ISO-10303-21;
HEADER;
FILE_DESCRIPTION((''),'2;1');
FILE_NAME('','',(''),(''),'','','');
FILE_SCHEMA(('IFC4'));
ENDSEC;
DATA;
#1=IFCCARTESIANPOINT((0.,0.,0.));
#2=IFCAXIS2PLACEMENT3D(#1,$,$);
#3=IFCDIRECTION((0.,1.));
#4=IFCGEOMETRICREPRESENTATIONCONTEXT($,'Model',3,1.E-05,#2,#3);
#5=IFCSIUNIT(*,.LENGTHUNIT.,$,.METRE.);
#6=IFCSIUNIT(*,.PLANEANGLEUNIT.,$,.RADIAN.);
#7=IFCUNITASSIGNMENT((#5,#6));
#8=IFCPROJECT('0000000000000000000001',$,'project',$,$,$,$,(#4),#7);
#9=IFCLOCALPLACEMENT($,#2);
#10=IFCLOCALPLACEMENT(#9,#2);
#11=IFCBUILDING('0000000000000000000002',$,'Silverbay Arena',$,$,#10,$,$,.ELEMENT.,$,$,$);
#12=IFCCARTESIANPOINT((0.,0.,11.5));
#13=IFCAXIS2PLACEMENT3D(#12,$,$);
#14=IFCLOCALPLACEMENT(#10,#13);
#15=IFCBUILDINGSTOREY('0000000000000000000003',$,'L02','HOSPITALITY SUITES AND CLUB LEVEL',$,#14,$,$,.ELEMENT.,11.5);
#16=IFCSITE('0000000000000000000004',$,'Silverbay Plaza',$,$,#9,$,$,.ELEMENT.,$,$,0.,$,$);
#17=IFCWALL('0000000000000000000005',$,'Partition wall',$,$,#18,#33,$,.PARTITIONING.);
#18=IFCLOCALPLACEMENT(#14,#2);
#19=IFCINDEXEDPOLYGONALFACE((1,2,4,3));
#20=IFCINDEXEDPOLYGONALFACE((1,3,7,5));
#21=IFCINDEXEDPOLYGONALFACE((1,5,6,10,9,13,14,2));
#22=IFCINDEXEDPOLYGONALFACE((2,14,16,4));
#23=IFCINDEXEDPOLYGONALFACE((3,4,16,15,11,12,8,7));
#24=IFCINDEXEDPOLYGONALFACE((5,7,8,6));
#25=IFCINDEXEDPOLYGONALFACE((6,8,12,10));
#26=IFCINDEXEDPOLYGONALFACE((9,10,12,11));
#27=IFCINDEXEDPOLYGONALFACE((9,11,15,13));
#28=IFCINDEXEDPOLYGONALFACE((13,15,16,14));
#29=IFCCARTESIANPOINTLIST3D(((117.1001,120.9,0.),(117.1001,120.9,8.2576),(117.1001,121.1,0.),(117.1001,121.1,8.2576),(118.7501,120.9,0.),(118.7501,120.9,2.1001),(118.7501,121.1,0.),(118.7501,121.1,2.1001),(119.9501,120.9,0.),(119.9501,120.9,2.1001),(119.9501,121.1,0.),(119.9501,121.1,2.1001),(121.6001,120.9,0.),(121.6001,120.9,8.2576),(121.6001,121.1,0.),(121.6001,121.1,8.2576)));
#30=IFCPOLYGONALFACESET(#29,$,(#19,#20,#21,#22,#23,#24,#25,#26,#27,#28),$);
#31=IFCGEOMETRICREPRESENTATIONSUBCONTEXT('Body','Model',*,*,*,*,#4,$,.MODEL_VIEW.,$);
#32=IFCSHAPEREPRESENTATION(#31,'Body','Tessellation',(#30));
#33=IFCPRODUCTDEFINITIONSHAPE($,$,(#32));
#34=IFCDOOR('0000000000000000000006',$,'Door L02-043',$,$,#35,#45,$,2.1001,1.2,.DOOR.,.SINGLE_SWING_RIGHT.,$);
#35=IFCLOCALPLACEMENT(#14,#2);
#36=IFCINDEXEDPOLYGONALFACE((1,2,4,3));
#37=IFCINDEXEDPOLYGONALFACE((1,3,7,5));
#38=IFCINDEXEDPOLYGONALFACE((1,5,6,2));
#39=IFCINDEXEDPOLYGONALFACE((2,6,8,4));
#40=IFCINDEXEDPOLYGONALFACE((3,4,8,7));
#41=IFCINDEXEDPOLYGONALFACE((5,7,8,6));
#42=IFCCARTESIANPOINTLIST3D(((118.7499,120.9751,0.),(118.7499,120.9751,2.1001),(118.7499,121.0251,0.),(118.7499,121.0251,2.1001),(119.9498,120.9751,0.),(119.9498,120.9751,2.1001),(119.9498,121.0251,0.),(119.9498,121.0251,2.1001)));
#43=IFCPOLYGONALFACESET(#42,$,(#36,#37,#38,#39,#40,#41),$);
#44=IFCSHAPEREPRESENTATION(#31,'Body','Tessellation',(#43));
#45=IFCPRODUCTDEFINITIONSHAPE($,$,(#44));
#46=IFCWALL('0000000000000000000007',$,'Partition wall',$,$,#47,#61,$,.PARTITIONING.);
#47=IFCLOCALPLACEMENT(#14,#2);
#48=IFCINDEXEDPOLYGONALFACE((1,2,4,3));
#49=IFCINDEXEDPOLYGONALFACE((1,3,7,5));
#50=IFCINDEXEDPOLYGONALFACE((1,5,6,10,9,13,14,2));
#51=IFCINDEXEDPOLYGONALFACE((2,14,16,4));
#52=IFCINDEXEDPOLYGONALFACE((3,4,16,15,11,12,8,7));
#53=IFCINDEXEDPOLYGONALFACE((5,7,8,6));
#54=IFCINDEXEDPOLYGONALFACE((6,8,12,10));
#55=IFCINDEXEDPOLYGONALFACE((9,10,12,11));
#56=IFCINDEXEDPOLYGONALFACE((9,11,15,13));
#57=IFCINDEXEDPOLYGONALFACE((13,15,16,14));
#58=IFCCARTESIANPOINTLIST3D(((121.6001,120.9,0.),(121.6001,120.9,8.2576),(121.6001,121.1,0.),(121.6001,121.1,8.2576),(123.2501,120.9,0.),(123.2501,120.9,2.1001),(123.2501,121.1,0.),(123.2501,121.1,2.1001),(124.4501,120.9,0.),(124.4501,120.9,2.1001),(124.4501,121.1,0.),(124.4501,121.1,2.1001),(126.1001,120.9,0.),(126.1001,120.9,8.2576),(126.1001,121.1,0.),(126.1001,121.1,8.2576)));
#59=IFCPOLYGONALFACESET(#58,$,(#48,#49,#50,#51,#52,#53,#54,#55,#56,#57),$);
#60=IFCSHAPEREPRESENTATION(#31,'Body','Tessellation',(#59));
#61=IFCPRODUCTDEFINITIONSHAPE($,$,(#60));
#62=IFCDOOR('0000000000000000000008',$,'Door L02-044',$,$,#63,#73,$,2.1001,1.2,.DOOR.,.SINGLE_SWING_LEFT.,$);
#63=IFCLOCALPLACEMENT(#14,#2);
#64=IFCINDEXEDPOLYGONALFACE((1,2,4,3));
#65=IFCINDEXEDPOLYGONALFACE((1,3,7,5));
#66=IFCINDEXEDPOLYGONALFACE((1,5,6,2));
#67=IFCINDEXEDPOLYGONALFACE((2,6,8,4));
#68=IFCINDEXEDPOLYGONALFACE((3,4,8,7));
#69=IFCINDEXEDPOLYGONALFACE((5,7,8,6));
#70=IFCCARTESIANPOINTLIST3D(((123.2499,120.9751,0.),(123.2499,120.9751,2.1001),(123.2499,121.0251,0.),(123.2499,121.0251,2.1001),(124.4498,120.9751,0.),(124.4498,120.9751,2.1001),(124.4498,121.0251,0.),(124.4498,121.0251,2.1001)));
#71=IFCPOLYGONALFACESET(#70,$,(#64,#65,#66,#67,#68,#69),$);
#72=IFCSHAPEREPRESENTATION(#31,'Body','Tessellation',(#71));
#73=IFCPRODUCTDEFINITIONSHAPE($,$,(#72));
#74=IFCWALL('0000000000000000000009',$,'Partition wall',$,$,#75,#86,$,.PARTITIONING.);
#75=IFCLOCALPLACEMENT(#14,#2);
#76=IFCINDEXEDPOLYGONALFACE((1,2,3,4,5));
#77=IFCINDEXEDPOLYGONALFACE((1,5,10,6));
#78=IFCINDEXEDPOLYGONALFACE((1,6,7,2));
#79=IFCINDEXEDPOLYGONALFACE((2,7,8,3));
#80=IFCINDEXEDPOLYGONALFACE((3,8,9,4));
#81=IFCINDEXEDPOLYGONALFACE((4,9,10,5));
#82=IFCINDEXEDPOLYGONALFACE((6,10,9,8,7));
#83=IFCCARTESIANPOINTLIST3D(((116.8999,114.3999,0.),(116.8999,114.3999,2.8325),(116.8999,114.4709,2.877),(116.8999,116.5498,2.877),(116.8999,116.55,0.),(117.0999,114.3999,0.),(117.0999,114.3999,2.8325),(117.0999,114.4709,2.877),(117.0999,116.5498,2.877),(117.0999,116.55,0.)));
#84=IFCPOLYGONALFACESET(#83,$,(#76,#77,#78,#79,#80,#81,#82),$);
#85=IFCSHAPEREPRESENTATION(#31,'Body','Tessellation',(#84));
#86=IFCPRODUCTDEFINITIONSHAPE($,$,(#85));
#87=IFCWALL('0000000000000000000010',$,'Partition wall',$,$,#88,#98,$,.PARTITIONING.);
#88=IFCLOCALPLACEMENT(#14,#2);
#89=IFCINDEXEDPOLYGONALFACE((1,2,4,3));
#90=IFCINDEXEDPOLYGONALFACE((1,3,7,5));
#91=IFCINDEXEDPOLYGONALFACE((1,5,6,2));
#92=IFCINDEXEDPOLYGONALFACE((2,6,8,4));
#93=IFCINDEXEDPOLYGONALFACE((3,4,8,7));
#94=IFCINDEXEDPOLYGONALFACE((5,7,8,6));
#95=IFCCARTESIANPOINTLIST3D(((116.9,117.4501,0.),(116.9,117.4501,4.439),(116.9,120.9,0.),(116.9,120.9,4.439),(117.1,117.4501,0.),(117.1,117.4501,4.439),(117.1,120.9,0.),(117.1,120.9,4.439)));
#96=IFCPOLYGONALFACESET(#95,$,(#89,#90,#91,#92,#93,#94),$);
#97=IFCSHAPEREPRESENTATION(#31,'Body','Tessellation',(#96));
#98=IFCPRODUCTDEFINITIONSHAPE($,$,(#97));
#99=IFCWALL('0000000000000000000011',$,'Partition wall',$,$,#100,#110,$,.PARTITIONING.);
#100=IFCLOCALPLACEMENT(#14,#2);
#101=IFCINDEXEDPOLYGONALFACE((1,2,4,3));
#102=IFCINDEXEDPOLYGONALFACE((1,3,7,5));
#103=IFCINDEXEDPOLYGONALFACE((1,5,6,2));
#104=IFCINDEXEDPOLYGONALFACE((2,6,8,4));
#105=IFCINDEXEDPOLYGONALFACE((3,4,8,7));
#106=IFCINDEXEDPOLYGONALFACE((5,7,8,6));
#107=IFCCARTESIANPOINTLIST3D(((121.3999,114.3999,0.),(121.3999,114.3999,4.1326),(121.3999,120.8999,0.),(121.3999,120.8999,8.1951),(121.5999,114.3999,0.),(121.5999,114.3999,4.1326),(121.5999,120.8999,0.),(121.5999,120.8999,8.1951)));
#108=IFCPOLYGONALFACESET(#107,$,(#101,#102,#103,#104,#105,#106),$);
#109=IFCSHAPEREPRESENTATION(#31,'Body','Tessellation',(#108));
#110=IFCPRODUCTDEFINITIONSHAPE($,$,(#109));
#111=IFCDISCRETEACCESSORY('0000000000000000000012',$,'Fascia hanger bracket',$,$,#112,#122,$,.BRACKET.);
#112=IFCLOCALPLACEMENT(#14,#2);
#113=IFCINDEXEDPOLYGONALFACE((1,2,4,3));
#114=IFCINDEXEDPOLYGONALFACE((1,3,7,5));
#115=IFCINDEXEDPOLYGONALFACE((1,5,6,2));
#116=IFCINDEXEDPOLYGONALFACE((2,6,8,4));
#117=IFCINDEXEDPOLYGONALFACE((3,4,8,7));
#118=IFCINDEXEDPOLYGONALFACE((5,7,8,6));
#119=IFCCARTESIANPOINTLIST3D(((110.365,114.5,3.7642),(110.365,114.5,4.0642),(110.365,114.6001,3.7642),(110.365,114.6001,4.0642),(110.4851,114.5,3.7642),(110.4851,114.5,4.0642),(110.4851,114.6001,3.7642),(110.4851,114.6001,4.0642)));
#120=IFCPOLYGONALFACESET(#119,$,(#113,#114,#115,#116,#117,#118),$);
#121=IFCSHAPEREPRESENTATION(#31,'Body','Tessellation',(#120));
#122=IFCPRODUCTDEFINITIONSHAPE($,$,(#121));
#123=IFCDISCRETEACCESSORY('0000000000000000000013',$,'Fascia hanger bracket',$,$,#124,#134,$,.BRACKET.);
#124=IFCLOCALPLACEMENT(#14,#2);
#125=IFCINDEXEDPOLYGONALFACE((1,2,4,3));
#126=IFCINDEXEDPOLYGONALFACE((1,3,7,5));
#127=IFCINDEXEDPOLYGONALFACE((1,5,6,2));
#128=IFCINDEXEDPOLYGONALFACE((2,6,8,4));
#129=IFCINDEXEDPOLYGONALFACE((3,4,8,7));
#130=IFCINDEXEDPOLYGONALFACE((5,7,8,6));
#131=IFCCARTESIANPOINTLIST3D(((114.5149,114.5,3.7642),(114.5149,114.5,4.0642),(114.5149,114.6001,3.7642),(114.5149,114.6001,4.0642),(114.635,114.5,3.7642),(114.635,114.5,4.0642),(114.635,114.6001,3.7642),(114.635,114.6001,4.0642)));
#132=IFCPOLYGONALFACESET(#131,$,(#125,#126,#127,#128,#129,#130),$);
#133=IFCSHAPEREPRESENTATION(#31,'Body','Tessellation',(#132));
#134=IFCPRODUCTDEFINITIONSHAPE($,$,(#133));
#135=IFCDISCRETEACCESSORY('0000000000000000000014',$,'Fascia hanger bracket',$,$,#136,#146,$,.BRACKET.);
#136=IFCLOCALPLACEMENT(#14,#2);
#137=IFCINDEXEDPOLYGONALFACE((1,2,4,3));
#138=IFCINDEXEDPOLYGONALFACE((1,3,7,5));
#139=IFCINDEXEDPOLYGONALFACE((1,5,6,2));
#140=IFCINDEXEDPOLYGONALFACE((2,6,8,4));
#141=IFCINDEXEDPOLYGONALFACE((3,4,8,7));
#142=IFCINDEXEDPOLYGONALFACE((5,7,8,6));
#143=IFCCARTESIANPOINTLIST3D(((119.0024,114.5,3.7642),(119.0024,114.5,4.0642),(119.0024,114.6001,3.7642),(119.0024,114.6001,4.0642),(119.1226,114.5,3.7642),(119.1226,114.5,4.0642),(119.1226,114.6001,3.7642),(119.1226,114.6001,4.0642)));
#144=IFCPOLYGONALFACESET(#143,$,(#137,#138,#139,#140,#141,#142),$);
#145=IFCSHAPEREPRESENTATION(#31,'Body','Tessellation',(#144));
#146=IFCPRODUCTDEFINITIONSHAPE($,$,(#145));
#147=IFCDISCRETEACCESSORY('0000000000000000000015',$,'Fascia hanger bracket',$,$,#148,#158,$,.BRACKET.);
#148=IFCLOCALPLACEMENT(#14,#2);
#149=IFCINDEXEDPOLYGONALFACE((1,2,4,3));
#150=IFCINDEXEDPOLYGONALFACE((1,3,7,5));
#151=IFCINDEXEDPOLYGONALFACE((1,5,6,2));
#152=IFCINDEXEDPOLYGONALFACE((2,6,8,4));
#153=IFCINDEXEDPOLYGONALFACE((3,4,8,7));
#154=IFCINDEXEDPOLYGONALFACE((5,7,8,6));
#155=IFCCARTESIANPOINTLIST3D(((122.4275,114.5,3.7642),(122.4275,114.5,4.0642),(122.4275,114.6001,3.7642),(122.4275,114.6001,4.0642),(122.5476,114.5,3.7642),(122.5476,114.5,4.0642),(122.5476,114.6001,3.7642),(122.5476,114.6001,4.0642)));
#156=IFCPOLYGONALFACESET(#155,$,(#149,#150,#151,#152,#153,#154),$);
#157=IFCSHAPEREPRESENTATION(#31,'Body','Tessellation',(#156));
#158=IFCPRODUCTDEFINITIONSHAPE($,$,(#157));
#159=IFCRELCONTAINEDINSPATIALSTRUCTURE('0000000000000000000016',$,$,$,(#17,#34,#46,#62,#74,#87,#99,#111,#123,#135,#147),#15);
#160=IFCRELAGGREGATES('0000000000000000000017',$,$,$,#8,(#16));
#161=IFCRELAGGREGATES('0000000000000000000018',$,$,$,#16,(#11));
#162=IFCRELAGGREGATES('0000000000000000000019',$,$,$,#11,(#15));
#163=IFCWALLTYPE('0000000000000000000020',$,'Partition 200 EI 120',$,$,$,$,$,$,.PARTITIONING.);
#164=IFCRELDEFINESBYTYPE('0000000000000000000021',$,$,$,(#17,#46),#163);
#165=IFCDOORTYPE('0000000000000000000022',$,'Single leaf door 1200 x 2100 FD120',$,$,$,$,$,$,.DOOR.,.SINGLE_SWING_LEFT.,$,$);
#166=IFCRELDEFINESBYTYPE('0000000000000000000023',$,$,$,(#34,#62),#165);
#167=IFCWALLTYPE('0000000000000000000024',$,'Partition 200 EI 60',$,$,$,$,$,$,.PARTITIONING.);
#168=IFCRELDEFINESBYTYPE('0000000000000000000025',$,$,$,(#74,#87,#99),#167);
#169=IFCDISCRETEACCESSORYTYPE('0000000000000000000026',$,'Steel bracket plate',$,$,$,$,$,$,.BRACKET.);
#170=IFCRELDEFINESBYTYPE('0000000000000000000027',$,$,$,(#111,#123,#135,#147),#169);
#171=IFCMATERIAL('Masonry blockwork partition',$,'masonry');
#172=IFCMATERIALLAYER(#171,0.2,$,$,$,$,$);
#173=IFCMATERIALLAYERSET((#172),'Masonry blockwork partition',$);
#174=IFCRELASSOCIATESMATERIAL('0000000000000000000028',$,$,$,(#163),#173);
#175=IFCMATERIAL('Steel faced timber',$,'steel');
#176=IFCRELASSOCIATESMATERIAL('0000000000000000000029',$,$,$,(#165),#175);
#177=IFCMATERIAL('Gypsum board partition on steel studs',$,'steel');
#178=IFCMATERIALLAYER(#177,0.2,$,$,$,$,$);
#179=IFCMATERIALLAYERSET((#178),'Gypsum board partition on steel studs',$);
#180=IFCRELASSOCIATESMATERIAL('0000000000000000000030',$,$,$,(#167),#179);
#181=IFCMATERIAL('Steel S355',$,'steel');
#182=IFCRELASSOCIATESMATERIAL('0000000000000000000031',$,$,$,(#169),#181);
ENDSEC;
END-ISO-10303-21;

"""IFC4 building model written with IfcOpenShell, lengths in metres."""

from ifc_helpers import new_model, si_unit, direction, frame, frame_2d, origin, origin_2d, place, context, subcontext, project, spatial, polyline, rectangle, outline, extrude, material, layer, layer_set, type_object, element, fill, save


model = new_model("IFC4")

# Units and contexts
model_context = context("Model", 3, precision=1e-05, world=origin(), true_north=direction((0.0, 1.0)))
body_context = subcontext(model_context, "Body", "Model", "MODEL_VIEW")
ifc_project = project(units=[si_unit("LENGTHUNIT", "METRE"), si_unit("PLANEANGLEUNIT", "RADIAN")], contexts=[model_context])

# Site, building, storey
site_placement = place(None, origin())
site = spatial("IfcSite", under=ifc_project, at=site_placement, Name="Silverbay Plaza", CompositionType="ELEMENT", RefElevation=0.0)
building_placement = place(site_placement, origin())
building = spatial("IfcBuilding", under=site, at=building_placement, Name="Silverbay Arena", CompositionType="ELEMENT")
storey_placement = place(building_placement, frame((0.0, 0.0, 11.5)))
storey = spatial("IfcBuildingStorey", under=building, at=storey_placement, Name="L02", Description="HOSPITALITY SUITES AND CLUB LEVEL", CompositionType="ELEMENT", Elevation=11.5)

# Walls, openings, doors
ifc_material_1 = material(Name="Masonry blockwork partition", Category="masonry")
ifc_layer_1 = layer(ifc_material_1, 0.2)
ifc_layer_set_1 = layer_set([ifc_layer_1], Name="Masonry blockwork partition")
wall_type_1 = type_object("IfcWallType", Name="Partition 200 EI 120", PredefinedType="PARTITIONING", material=ifc_layer_set_1)
ifc_material_2 = material(Name="Steel faced timber", Category="steel")
door_type = type_object("IfcDoorType", Name="Single leaf door 1200 x 2100 FD120", OperationType="SINGLE_SWING_LEFT", PredefinedType="DOOR", material=ifc_material_2)
wall_1_placement = place(storey_placement, frame((117.1001, 121.0, 0.0), z_axis=(0.0, 0.0, 1.0), x_axis=(1.0, 0.0, 0.0)))
wall_1 = element("IfcWall", 1, at=wall_1_placement, inside=storey, type_object=wall_type_1, Name="Partition wall", PredefinedType="PARTITIONING", context=body_context, shape_type="SweptSolid", body=[
    extrude(rectangle(XDim=4.5, YDim=0.2, at=frame_2d((2.25, 0.0))), origin(), (0.0, 0.0, 1.0), 8.2576),
])
opening_1_placement = place(wall_1_placement, frame((1.6499, 0.0, 0.0)))
opening_1 = element("IfcOpeningElement", 2, at=opening_1_placement, cuts=wall_1, PredefinedType="OPENING", context=body_context, shape_type="SweptSolid", body=[
    extrude(rectangle(XDim=1.2, YDim=2.1001, at=frame_2d((0.6001, 1.05))), frame((0.0, 0.1099, 0.0), z_axis=(0.0, -1.0, 0.0), x_axis=(1.0, 0.0, 0.0)), (0.0, 0.0, 1.0), 0.22),
])
door_1_placement = place(opening_1_placement, frame((1.2, 0.0, 0.0), z_axis=(0.0, 0.0, 1.0), x_axis=(-1.0, 0.0, 0.0)))
door_1 = element("IfcDoor", 3, at=door_1_placement, inside=storey, type_object=door_type, Name="Door L02-043", OperationType="SINGLE_SWING_RIGHT", OverallHeight=2.1001, OverallWidth=1.2, PredefinedType="DOOR", context=body_context, shape_type="SweptSolid", body=[
    extrude(rectangle(XDim=1.2, YDim=2.1001, at=frame_2d((0.6001, 1.05))), frame((0.0, 0.0249, 0.0), z_axis=(0.0, -1.0, 0.0), x_axis=(1.0, 0.0, 0.0)), (0.0, 0.0, 1.0), 0.05),
])
fill(opening_1, door_1)
wall_2_placement = place(storey_placement, frame((121.6001, 121.0, 0.0), z_axis=(0.0, 0.0, 1.0), x_axis=(1.0, 0.0, 0.0)))
wall_2 = element("IfcWall", 4, at=wall_2_placement, inside=storey, type_object=wall_type_1, Name="Partition wall", PredefinedType="PARTITIONING", context=body_context, shape_type="SweptSolid", body=[
    extrude(rectangle(XDim=4.5, YDim=0.2, at=frame_2d((2.25, 0.0))), origin(), (0.0, 0.0, 1.0), 8.2576),
])
opening_2_placement = place(wall_2_placement, frame((1.6499, 0.0, 0.0)))
opening_2 = element("IfcOpeningElement", 5, at=opening_2_placement, cuts=wall_2, PredefinedType="OPENING", context=body_context, shape_type="SweptSolid", body=[
    extrude(rectangle(XDim=1.2, YDim=2.1001, at=frame_2d((0.6001, 1.05))), frame((0.0, 0.1099, 0.0), z_axis=(0.0, -1.0, 0.0), x_axis=(1.0, 0.0, 0.0)), (0.0, 0.0, 1.0), 0.22),
])
door_2_placement = place(opening_2_placement, frame((1.2, 0.0, 0.0), z_axis=(0.0, 0.0, 1.0), x_axis=(-1.0, 0.0, 0.0)))
door_2 = element("IfcDoor", 6, at=door_2_placement, inside=storey, type_object=door_type, Name="Door L02-044", OperationType="SINGLE_SWING_LEFT", OverallHeight=2.1001, OverallWidth=1.2, PredefinedType="DOOR", context=body_context, shape_type="SweptSolid", body=[
    extrude(rectangle(XDim=1.2, YDim=2.1001, at=frame_2d((0.6001, 1.05))), frame((0.0, 0.0249, 0.0), z_axis=(0.0, -1.0, 0.0), x_axis=(1.0, 0.0, 0.0)), (0.0, 0.0, 1.0), 0.05),
])
fill(opening_2, door_2)

# Walls
ifc_material_3 = material(Name="Gypsum board partition on steel studs", Category="steel")
ifc_layer_2 = layer(ifc_material_3, 0.2)
ifc_layer_set_2 = layer_set([ifc_layer_2], Name="Gypsum board partition on steel studs")
wall_type_2 = type_object("IfcWallType", Name="Partition 200 EI 60", PredefinedType="PARTITIONING", material=ifc_layer_set_2)
wall_3_placement = place(storey_placement, frame((117.0, 114.3999, 0.0), z_axis=(0.0, 0.0, 1.0), x_axis=(0.0, 1.0, 0.0)))
element("IfcWall", 7, at=wall_3_placement, inside=storey, type_object=wall_type_2, Name="Partition wall", PredefinedType="PARTITIONING", context=body_context, shape_type="SweptSolid", body=[
    extrude(outline(polyline([(0.0, 0.0), (2.1501, 0.0), (2.1499, 2.877), (0.071, 2.877), (0.0, 2.8325), (0.0, 0.0)])), frame((0.0, 0.1001, 0.0), z_axis=(0.0, -1.0, 0.0), x_axis=(1.0, 0.0, 0.0)), (0.0, 0.0, 1.0), 0.2),
])
wall_4_placement = place(storey_placement, frame((117.0, 117.45, 0.0), z_axis=(0.0, 0.0, 1.0), x_axis=(0.0, 1.0, 0.0)))
element("IfcWall", 8, at=wall_4_placement, inside=storey, type_object=wall_type_2, Name="Partition wall", PredefinedType="PARTITIONING", context=body_context, shape_type="SweptSolid", body=[
    extrude(rectangle(XDim=3.45, YDim=0.2, at=frame_2d((1.7251, 0.0))), origin(), (0.0, 0.0, 1.0), 4.439),
])
wall_5_placement = place(storey_placement, frame((121.5, 114.3999, 0.0), z_axis=(0.0, 0.0, 1.0), x_axis=(0.0, 1.0, 0.0)))
element("IfcWall", 9, at=wall_5_placement, inside=storey, type_object=wall_type_2, Name="Partition wall", PredefinedType="PARTITIONING", context=body_context, shape_type="SweptSolid", body=[
    extrude(outline(polyline([(0.0, 0.0), (6.5, 0.0), (6.5, 8.1951), (0.0, 4.1326), (0.0, 0.0)])), frame((0.0, 0.1001, 0.0), z_axis=(0.0, -1.0, 0.0), x_axis=(1.0, 0.0, 0.0)), (0.0, 0.0, 1.0), 0.2),
])

# Discrete accessories
ifc_material_4 = material(Name="Steel S355", Category="steel")
discrete_accessory_type = type_object("IfcDiscreteAccessoryType", Name="Steel bracket plate", PredefinedType="BRACKET", material=ifc_material_4)
for number, where, z_axis, x_axis, name in (
    (10, (110.425, 114.55, 3.7642), (0.0, 0.0, 1.0), (1.0, 0.0, 0.0), "Fascia hanger bracket"),
    (11, (114.575, 114.55, 3.7642), (0.0, 0.0, 1.0), (1.0, 0.0, 0.0), "Fascia hanger bracket"),
    (12, (119.0625, 114.55, 3.7642), (0.0, 0.0, 1.0), (1.0, 0.0, 0.0), "Fascia hanger bracket"),
    (13, (122.4875, 114.55, 3.7642), (0.0, 0.0, 1.0), (1.0, 0.0, 0.0), "Fascia hanger bracket"),
):
    element("IfcDiscreteAccessory", number, at=place(storey_placement, frame(where, z_axis=z_axis, x_axis=x_axis)), inside=storey, type_object=discrete_accessory_type, Name=name, PredefinedType="BRACKET", context=body_context, shape_type="SweptSolid", body=[
        extrude(rectangle(XDim=0.1201, YDim=0.1001, at=origin_2d()), origin(), (0.0, 0.0, 1.0), 0.3),
    ])

save(model, "model.ifc")
